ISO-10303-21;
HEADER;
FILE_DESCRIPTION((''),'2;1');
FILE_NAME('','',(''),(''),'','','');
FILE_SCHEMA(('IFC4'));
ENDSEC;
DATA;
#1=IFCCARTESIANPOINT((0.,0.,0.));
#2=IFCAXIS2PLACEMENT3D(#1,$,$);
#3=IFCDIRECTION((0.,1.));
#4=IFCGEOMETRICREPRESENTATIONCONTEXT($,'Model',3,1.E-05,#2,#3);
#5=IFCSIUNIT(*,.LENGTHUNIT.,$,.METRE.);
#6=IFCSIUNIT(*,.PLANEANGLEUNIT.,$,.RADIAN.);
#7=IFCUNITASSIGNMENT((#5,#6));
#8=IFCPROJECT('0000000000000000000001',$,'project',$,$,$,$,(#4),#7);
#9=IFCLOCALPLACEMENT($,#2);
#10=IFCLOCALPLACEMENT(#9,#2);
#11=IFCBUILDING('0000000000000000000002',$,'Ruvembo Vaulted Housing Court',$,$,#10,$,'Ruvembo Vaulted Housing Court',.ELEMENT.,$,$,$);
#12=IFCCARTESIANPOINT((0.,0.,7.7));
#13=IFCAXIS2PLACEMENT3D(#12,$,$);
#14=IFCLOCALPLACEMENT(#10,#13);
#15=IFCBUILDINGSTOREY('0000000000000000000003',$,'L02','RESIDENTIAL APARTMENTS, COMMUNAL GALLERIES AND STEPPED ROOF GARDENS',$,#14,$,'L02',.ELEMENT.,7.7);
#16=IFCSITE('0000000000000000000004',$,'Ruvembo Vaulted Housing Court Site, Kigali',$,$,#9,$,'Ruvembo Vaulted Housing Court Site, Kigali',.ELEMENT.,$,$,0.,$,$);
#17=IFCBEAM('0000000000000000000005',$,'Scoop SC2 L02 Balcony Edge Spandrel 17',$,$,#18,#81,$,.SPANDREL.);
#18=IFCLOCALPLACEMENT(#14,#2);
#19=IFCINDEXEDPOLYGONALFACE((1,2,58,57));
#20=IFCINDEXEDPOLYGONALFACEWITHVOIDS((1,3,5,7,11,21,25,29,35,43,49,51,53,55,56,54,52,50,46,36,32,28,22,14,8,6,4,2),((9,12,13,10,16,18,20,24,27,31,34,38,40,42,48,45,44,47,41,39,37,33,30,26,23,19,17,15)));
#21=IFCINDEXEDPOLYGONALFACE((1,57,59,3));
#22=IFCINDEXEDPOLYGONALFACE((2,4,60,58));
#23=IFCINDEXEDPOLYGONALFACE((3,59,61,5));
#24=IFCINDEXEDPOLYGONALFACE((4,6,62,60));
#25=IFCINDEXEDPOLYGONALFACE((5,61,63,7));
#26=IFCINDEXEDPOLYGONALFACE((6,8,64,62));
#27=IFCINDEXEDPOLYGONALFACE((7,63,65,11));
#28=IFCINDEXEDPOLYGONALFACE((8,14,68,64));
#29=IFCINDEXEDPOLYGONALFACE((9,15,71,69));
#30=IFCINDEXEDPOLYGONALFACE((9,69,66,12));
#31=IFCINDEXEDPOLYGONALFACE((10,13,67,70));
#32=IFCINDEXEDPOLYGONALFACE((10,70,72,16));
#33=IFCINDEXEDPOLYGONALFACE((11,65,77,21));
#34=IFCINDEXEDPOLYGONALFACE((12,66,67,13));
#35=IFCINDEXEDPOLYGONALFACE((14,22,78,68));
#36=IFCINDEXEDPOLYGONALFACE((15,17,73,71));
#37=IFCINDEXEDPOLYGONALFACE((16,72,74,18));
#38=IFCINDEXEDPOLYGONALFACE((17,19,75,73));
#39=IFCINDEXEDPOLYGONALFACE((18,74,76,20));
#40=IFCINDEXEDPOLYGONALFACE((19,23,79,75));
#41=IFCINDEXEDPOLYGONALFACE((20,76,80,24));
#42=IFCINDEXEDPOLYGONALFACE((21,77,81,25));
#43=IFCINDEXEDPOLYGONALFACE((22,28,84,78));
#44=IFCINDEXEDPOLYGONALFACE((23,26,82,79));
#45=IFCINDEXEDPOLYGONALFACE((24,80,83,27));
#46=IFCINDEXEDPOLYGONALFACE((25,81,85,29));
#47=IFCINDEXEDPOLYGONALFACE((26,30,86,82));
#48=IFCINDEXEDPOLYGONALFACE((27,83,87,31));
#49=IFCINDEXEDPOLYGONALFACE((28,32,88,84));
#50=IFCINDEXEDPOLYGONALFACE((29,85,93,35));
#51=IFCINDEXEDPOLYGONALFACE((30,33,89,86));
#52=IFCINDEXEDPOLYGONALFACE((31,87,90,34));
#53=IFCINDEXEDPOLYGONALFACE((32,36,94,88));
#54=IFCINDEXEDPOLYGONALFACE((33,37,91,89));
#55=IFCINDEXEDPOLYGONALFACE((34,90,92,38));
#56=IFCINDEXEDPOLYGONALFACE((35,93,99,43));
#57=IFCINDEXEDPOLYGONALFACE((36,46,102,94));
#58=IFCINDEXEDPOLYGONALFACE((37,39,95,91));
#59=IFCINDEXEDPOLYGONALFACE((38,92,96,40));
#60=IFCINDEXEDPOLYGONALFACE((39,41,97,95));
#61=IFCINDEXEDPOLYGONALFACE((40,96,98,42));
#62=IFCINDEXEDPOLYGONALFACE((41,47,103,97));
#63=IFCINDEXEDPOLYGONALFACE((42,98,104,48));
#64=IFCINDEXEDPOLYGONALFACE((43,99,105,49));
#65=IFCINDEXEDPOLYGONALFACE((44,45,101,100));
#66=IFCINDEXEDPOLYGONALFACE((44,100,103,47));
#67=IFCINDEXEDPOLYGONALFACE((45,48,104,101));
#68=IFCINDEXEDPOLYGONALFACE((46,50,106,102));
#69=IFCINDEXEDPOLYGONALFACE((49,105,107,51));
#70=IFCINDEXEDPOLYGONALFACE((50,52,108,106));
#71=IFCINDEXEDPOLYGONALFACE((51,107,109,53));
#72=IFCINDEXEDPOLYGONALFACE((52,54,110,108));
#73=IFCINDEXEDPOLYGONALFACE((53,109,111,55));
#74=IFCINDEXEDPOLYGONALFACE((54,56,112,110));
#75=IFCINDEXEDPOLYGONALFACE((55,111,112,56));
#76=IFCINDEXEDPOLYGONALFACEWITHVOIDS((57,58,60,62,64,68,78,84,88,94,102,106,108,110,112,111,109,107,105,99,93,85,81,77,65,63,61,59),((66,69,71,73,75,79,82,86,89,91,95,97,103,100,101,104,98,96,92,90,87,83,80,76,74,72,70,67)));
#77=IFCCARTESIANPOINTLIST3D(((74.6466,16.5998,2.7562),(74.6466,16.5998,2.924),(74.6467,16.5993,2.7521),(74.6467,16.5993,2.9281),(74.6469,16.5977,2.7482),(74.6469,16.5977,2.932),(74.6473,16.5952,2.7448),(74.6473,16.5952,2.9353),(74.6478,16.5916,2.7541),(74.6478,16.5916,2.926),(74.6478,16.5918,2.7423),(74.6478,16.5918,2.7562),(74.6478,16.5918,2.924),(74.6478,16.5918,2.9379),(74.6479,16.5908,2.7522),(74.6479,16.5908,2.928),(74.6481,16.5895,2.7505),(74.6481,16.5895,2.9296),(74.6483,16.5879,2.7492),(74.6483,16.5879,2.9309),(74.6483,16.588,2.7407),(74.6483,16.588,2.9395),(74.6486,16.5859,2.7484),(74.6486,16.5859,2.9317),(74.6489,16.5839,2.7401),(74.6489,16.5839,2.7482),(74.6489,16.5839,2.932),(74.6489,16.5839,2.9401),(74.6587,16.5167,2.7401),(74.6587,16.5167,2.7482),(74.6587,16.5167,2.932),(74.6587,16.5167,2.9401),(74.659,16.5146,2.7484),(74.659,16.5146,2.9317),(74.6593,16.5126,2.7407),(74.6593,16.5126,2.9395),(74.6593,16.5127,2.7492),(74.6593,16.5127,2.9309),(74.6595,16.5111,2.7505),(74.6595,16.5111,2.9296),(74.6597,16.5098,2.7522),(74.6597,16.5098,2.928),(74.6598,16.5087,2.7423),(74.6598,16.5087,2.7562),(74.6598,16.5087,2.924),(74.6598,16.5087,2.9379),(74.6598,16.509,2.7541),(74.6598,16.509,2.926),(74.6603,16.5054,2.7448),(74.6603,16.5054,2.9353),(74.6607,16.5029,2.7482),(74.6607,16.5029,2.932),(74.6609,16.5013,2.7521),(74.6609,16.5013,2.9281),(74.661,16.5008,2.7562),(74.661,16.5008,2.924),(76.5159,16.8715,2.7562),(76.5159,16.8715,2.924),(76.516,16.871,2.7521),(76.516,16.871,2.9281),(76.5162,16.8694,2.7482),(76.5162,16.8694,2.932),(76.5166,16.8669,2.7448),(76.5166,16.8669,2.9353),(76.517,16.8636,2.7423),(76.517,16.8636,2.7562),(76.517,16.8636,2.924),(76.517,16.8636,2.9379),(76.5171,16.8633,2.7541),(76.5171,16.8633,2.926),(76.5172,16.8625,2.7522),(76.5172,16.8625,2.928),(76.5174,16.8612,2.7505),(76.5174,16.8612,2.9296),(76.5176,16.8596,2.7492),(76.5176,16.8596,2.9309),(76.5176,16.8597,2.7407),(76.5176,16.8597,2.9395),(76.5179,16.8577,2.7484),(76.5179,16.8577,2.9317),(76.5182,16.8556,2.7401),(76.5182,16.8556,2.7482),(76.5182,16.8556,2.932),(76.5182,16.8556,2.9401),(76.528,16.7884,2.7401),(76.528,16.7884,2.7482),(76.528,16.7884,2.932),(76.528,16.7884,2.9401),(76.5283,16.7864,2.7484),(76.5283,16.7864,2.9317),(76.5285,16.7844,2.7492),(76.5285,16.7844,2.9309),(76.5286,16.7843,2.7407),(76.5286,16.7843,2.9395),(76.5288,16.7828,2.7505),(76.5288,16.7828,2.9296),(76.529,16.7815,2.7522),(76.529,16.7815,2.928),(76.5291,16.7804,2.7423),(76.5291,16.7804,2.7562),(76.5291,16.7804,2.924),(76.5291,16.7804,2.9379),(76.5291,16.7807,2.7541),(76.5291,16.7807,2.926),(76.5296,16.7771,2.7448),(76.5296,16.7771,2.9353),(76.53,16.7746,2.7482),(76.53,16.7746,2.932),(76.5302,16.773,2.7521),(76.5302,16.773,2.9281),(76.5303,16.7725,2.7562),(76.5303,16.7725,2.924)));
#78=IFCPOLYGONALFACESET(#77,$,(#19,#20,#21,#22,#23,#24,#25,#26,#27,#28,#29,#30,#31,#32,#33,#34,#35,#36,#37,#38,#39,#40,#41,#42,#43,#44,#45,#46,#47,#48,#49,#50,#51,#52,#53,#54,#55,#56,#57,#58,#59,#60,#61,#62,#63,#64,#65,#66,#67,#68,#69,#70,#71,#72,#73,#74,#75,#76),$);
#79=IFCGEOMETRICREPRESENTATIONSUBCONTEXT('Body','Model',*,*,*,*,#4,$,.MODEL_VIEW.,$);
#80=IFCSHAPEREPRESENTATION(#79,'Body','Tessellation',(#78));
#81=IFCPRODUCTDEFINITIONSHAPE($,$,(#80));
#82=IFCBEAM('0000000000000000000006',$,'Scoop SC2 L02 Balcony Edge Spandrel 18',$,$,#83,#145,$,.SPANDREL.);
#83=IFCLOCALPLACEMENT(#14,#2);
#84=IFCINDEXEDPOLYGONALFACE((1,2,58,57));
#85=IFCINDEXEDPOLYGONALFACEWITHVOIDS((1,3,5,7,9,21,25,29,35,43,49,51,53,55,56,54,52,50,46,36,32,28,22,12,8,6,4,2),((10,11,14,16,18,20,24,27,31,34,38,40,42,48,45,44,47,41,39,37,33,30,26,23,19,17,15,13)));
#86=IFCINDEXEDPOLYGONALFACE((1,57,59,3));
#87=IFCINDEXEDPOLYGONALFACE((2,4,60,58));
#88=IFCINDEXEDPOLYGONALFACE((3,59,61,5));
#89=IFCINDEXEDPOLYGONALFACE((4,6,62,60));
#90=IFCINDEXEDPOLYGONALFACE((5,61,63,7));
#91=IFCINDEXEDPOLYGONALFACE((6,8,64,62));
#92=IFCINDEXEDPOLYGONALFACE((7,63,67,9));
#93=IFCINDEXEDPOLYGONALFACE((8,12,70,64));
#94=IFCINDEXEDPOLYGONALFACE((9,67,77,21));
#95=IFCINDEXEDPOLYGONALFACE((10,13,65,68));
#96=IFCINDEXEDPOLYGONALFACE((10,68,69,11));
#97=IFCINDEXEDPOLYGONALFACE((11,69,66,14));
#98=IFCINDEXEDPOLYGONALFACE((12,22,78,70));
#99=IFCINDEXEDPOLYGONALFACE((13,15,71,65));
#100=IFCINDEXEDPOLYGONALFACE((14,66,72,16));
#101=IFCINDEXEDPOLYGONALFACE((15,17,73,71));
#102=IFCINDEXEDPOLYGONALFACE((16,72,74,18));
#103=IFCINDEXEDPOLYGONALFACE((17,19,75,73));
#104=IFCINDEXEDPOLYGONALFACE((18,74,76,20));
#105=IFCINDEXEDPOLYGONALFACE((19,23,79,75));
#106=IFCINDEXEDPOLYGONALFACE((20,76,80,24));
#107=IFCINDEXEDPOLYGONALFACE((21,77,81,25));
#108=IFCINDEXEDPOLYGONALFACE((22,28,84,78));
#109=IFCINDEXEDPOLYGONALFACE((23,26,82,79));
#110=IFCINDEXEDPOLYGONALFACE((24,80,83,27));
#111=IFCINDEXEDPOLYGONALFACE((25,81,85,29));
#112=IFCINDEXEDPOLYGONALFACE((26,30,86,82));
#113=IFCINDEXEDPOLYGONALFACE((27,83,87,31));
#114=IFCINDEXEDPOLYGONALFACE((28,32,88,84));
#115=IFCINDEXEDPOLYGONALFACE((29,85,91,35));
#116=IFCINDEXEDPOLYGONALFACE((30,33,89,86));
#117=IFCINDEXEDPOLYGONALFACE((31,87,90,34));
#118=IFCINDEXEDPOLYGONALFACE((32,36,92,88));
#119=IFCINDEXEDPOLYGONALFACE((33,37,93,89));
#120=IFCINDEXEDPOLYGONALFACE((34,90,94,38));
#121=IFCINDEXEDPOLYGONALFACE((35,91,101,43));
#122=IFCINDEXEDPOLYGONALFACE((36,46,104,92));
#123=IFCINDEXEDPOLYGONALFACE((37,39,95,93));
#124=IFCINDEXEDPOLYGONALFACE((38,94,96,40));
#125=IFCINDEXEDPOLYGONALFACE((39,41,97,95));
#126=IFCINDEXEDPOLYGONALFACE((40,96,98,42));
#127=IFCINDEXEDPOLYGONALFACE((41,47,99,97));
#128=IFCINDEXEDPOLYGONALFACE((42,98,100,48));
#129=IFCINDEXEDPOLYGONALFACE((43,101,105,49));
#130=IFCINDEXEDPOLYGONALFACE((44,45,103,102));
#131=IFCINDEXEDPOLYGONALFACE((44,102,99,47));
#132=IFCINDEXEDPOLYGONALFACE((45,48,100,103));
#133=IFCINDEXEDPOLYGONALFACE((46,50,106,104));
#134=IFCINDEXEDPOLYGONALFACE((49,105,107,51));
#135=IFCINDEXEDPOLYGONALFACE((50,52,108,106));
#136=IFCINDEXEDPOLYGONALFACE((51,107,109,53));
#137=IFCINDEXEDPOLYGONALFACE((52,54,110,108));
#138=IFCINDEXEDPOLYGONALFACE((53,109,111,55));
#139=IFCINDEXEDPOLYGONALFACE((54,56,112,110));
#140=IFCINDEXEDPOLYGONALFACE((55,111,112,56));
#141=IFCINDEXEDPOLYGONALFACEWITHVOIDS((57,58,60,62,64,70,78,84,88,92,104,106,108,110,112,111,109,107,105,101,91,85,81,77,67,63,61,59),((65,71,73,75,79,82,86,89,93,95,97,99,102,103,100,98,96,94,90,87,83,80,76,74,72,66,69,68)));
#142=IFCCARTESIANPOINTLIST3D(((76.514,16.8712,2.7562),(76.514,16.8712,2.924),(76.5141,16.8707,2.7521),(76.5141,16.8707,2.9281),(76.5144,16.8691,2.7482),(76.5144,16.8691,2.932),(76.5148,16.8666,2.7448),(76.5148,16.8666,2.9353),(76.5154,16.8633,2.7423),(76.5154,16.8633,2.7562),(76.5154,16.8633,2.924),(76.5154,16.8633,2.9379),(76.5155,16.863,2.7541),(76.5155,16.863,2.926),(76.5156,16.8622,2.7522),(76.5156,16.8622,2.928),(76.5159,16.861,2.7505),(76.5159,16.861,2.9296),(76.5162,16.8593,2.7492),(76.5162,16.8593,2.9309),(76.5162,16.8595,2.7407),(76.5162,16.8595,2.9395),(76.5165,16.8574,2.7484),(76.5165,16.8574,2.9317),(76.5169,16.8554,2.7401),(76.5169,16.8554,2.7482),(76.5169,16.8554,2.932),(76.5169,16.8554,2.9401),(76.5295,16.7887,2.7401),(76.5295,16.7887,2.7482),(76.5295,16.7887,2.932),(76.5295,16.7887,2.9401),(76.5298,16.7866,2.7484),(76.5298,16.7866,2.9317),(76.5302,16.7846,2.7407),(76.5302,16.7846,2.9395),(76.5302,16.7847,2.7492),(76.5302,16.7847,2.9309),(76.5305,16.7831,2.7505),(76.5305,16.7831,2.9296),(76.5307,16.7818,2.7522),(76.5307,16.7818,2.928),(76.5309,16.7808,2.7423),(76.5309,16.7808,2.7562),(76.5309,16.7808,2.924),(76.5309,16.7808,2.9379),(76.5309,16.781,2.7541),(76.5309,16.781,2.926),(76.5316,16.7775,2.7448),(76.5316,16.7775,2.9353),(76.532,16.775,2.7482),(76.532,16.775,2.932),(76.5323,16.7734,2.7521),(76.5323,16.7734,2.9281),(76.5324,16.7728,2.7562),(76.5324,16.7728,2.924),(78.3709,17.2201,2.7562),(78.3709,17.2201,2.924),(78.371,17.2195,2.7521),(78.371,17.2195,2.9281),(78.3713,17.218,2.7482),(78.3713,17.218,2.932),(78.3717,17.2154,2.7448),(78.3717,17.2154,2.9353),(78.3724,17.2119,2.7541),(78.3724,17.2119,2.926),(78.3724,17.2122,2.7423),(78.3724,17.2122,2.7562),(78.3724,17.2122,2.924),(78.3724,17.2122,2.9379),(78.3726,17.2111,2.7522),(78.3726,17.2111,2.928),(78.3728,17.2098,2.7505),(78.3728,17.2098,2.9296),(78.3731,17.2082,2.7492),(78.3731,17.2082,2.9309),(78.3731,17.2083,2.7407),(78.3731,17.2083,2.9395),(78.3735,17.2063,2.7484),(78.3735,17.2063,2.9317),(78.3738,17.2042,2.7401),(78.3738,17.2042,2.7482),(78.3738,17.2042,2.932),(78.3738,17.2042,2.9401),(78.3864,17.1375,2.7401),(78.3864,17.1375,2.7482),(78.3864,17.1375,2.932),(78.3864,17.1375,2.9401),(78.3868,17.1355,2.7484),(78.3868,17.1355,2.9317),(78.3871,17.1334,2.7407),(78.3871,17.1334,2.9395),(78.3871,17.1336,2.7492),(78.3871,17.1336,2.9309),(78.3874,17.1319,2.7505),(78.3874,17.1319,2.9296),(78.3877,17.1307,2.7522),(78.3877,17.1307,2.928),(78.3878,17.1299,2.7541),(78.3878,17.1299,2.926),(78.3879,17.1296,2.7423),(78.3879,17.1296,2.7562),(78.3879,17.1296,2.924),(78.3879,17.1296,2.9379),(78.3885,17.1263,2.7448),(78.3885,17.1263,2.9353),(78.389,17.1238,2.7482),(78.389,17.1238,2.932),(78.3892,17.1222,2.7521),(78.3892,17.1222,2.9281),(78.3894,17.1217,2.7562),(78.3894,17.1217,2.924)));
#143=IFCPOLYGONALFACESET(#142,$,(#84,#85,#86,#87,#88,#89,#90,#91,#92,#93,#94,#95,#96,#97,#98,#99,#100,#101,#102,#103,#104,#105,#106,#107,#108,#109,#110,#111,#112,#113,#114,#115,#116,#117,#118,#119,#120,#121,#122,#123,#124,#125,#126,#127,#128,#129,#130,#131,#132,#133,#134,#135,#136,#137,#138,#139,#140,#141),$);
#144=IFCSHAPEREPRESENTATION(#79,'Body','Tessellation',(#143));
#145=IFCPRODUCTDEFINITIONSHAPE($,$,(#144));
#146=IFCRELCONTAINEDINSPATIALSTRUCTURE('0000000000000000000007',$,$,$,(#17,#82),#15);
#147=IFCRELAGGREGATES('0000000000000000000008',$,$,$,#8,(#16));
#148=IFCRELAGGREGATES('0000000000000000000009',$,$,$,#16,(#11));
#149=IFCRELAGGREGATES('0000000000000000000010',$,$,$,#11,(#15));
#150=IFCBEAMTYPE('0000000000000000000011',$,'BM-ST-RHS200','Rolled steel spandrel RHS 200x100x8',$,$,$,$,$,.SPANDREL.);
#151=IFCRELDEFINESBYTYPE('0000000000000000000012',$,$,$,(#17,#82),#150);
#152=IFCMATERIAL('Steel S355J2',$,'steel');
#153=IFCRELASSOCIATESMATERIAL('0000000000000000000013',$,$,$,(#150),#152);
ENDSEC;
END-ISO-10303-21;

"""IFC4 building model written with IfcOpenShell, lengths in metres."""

from ifc_helpers import new_model, si_unit, direction, frame, origin, origin_2d, place, context, subcontext, project, spatial, hollow_rectangle, extrude, material, material_profile, profile_set, type_object, element, save


model = new_model("IFC4")

# Units and contexts
model_context = context("Model", 3, precision=1e-05, world=origin(), true_north=direction((0.0, 1.0)))
body_context = subcontext(model_context, "Body", "Model", "MODEL_VIEW")
ifc_project = project(units=[si_unit("LENGTHUNIT", "METRE"), si_unit("PLANEANGLEUNIT", "RADIAN")], contexts=[model_context])

# Site, building, storey
site_placement = place(None, origin())
site = spatial("IfcSite", under=ifc_project, at=site_placement, Name="Ruvembo Vaulted Housing Court Site, Kigali", LongName="Ruvembo Vaulted Housing Court Site, Kigali", CompositionType="ELEMENT", RefElevation=0.0)
building_placement = place(site_placement, origin())
building = spatial("IfcBuilding", under=site, at=building_placement, Name="Ruvembo Vaulted Housing Court", LongName="Ruvembo Vaulted Housing Court", CompositionType="ELEMENT")
storey_placement = place(building_placement, frame((0.0, 0.0, 7.7)))
storey = spatial("IfcBuildingStorey", under=building, at=storey_placement, Name="L02", Description="RESIDENTIAL APARTMENTS, COMMUNAL GALLERIES AND STEPPED ROOF GARDENS", LongName="L02", CompositionType="ELEMENT", Elevation=7.7)

# Beams
ifc_material_1 = material(Name="Steel S355J2", Category="steel")
ifc_material_profile_1 = material_profile(ifc_material_1, hollow_rectangle(XDim=0.1001, YDim=0.2, WallThickness=0.0081, InnerFilletRadius=0.0081, OuterFilletRadius=0.0161, at=origin_2d()), Name="RHS 200x100x8")
ifc_profile_set_1 = profile_set([ifc_material_profile_1], Name="Steel S355J2")
beam_type = type_object("IfcBeamType", Name="BM-ST-RHS200", Description="Rolled steel spandrel RHS 200x100x8", PredefinedType="SPANDREL", material=ifc_profile_set_1)
beam_1_placement = place(storey_placement, frame((74.6538, 16.5503, 2.8401), z_axis=(0.9896, 0.143845, 0.0), x_axis=(-0.143845, 0.9896, 0.0)))
element("IfcBeam", 1, at=beam_1_placement, inside=storey, type_object=beam_type, Name="Scoop SC2 L02 Balcony Edge Spandrel 17", PredefinedType="SPANDREL", context=body_context, shape_type="SweptSolid", body=[
    extrude(hollow_rectangle(XDim=0.1001, YDim=0.2, WallThickness=0.0081, InnerFilletRadius=0.0081, OuterFilletRadius=0.0161, at=origin_2d()), origin(), (0.0, 0.0, 1.0), 1.8889),
])
beam_2_placement = place(storey_placement, frame((76.5232, 16.822, 2.8401), z_axis=(0.982805, 0.184647, 0.0), x_axis=(-0.184647, 0.982805, 0.0)))
element("IfcBeam", 2, at=beam_2_placement, inside=storey, type_object=beam_type, Name="Scoop SC2 L02 Balcony Edge Spandrel 18", PredefinedType="SPANDREL", context=body_context, shape_type="SweptSolid", body=[
    extrude(hollow_rectangle(XDim=0.1001, YDim=0.2, WallThickness=0.0081, InnerFilletRadius=0.0081, OuterFilletRadius=0.0161, at=origin_2d()), origin(), (0.0, 0.0, 1.0), 1.8894),
])

save(model, "model.ifc")
